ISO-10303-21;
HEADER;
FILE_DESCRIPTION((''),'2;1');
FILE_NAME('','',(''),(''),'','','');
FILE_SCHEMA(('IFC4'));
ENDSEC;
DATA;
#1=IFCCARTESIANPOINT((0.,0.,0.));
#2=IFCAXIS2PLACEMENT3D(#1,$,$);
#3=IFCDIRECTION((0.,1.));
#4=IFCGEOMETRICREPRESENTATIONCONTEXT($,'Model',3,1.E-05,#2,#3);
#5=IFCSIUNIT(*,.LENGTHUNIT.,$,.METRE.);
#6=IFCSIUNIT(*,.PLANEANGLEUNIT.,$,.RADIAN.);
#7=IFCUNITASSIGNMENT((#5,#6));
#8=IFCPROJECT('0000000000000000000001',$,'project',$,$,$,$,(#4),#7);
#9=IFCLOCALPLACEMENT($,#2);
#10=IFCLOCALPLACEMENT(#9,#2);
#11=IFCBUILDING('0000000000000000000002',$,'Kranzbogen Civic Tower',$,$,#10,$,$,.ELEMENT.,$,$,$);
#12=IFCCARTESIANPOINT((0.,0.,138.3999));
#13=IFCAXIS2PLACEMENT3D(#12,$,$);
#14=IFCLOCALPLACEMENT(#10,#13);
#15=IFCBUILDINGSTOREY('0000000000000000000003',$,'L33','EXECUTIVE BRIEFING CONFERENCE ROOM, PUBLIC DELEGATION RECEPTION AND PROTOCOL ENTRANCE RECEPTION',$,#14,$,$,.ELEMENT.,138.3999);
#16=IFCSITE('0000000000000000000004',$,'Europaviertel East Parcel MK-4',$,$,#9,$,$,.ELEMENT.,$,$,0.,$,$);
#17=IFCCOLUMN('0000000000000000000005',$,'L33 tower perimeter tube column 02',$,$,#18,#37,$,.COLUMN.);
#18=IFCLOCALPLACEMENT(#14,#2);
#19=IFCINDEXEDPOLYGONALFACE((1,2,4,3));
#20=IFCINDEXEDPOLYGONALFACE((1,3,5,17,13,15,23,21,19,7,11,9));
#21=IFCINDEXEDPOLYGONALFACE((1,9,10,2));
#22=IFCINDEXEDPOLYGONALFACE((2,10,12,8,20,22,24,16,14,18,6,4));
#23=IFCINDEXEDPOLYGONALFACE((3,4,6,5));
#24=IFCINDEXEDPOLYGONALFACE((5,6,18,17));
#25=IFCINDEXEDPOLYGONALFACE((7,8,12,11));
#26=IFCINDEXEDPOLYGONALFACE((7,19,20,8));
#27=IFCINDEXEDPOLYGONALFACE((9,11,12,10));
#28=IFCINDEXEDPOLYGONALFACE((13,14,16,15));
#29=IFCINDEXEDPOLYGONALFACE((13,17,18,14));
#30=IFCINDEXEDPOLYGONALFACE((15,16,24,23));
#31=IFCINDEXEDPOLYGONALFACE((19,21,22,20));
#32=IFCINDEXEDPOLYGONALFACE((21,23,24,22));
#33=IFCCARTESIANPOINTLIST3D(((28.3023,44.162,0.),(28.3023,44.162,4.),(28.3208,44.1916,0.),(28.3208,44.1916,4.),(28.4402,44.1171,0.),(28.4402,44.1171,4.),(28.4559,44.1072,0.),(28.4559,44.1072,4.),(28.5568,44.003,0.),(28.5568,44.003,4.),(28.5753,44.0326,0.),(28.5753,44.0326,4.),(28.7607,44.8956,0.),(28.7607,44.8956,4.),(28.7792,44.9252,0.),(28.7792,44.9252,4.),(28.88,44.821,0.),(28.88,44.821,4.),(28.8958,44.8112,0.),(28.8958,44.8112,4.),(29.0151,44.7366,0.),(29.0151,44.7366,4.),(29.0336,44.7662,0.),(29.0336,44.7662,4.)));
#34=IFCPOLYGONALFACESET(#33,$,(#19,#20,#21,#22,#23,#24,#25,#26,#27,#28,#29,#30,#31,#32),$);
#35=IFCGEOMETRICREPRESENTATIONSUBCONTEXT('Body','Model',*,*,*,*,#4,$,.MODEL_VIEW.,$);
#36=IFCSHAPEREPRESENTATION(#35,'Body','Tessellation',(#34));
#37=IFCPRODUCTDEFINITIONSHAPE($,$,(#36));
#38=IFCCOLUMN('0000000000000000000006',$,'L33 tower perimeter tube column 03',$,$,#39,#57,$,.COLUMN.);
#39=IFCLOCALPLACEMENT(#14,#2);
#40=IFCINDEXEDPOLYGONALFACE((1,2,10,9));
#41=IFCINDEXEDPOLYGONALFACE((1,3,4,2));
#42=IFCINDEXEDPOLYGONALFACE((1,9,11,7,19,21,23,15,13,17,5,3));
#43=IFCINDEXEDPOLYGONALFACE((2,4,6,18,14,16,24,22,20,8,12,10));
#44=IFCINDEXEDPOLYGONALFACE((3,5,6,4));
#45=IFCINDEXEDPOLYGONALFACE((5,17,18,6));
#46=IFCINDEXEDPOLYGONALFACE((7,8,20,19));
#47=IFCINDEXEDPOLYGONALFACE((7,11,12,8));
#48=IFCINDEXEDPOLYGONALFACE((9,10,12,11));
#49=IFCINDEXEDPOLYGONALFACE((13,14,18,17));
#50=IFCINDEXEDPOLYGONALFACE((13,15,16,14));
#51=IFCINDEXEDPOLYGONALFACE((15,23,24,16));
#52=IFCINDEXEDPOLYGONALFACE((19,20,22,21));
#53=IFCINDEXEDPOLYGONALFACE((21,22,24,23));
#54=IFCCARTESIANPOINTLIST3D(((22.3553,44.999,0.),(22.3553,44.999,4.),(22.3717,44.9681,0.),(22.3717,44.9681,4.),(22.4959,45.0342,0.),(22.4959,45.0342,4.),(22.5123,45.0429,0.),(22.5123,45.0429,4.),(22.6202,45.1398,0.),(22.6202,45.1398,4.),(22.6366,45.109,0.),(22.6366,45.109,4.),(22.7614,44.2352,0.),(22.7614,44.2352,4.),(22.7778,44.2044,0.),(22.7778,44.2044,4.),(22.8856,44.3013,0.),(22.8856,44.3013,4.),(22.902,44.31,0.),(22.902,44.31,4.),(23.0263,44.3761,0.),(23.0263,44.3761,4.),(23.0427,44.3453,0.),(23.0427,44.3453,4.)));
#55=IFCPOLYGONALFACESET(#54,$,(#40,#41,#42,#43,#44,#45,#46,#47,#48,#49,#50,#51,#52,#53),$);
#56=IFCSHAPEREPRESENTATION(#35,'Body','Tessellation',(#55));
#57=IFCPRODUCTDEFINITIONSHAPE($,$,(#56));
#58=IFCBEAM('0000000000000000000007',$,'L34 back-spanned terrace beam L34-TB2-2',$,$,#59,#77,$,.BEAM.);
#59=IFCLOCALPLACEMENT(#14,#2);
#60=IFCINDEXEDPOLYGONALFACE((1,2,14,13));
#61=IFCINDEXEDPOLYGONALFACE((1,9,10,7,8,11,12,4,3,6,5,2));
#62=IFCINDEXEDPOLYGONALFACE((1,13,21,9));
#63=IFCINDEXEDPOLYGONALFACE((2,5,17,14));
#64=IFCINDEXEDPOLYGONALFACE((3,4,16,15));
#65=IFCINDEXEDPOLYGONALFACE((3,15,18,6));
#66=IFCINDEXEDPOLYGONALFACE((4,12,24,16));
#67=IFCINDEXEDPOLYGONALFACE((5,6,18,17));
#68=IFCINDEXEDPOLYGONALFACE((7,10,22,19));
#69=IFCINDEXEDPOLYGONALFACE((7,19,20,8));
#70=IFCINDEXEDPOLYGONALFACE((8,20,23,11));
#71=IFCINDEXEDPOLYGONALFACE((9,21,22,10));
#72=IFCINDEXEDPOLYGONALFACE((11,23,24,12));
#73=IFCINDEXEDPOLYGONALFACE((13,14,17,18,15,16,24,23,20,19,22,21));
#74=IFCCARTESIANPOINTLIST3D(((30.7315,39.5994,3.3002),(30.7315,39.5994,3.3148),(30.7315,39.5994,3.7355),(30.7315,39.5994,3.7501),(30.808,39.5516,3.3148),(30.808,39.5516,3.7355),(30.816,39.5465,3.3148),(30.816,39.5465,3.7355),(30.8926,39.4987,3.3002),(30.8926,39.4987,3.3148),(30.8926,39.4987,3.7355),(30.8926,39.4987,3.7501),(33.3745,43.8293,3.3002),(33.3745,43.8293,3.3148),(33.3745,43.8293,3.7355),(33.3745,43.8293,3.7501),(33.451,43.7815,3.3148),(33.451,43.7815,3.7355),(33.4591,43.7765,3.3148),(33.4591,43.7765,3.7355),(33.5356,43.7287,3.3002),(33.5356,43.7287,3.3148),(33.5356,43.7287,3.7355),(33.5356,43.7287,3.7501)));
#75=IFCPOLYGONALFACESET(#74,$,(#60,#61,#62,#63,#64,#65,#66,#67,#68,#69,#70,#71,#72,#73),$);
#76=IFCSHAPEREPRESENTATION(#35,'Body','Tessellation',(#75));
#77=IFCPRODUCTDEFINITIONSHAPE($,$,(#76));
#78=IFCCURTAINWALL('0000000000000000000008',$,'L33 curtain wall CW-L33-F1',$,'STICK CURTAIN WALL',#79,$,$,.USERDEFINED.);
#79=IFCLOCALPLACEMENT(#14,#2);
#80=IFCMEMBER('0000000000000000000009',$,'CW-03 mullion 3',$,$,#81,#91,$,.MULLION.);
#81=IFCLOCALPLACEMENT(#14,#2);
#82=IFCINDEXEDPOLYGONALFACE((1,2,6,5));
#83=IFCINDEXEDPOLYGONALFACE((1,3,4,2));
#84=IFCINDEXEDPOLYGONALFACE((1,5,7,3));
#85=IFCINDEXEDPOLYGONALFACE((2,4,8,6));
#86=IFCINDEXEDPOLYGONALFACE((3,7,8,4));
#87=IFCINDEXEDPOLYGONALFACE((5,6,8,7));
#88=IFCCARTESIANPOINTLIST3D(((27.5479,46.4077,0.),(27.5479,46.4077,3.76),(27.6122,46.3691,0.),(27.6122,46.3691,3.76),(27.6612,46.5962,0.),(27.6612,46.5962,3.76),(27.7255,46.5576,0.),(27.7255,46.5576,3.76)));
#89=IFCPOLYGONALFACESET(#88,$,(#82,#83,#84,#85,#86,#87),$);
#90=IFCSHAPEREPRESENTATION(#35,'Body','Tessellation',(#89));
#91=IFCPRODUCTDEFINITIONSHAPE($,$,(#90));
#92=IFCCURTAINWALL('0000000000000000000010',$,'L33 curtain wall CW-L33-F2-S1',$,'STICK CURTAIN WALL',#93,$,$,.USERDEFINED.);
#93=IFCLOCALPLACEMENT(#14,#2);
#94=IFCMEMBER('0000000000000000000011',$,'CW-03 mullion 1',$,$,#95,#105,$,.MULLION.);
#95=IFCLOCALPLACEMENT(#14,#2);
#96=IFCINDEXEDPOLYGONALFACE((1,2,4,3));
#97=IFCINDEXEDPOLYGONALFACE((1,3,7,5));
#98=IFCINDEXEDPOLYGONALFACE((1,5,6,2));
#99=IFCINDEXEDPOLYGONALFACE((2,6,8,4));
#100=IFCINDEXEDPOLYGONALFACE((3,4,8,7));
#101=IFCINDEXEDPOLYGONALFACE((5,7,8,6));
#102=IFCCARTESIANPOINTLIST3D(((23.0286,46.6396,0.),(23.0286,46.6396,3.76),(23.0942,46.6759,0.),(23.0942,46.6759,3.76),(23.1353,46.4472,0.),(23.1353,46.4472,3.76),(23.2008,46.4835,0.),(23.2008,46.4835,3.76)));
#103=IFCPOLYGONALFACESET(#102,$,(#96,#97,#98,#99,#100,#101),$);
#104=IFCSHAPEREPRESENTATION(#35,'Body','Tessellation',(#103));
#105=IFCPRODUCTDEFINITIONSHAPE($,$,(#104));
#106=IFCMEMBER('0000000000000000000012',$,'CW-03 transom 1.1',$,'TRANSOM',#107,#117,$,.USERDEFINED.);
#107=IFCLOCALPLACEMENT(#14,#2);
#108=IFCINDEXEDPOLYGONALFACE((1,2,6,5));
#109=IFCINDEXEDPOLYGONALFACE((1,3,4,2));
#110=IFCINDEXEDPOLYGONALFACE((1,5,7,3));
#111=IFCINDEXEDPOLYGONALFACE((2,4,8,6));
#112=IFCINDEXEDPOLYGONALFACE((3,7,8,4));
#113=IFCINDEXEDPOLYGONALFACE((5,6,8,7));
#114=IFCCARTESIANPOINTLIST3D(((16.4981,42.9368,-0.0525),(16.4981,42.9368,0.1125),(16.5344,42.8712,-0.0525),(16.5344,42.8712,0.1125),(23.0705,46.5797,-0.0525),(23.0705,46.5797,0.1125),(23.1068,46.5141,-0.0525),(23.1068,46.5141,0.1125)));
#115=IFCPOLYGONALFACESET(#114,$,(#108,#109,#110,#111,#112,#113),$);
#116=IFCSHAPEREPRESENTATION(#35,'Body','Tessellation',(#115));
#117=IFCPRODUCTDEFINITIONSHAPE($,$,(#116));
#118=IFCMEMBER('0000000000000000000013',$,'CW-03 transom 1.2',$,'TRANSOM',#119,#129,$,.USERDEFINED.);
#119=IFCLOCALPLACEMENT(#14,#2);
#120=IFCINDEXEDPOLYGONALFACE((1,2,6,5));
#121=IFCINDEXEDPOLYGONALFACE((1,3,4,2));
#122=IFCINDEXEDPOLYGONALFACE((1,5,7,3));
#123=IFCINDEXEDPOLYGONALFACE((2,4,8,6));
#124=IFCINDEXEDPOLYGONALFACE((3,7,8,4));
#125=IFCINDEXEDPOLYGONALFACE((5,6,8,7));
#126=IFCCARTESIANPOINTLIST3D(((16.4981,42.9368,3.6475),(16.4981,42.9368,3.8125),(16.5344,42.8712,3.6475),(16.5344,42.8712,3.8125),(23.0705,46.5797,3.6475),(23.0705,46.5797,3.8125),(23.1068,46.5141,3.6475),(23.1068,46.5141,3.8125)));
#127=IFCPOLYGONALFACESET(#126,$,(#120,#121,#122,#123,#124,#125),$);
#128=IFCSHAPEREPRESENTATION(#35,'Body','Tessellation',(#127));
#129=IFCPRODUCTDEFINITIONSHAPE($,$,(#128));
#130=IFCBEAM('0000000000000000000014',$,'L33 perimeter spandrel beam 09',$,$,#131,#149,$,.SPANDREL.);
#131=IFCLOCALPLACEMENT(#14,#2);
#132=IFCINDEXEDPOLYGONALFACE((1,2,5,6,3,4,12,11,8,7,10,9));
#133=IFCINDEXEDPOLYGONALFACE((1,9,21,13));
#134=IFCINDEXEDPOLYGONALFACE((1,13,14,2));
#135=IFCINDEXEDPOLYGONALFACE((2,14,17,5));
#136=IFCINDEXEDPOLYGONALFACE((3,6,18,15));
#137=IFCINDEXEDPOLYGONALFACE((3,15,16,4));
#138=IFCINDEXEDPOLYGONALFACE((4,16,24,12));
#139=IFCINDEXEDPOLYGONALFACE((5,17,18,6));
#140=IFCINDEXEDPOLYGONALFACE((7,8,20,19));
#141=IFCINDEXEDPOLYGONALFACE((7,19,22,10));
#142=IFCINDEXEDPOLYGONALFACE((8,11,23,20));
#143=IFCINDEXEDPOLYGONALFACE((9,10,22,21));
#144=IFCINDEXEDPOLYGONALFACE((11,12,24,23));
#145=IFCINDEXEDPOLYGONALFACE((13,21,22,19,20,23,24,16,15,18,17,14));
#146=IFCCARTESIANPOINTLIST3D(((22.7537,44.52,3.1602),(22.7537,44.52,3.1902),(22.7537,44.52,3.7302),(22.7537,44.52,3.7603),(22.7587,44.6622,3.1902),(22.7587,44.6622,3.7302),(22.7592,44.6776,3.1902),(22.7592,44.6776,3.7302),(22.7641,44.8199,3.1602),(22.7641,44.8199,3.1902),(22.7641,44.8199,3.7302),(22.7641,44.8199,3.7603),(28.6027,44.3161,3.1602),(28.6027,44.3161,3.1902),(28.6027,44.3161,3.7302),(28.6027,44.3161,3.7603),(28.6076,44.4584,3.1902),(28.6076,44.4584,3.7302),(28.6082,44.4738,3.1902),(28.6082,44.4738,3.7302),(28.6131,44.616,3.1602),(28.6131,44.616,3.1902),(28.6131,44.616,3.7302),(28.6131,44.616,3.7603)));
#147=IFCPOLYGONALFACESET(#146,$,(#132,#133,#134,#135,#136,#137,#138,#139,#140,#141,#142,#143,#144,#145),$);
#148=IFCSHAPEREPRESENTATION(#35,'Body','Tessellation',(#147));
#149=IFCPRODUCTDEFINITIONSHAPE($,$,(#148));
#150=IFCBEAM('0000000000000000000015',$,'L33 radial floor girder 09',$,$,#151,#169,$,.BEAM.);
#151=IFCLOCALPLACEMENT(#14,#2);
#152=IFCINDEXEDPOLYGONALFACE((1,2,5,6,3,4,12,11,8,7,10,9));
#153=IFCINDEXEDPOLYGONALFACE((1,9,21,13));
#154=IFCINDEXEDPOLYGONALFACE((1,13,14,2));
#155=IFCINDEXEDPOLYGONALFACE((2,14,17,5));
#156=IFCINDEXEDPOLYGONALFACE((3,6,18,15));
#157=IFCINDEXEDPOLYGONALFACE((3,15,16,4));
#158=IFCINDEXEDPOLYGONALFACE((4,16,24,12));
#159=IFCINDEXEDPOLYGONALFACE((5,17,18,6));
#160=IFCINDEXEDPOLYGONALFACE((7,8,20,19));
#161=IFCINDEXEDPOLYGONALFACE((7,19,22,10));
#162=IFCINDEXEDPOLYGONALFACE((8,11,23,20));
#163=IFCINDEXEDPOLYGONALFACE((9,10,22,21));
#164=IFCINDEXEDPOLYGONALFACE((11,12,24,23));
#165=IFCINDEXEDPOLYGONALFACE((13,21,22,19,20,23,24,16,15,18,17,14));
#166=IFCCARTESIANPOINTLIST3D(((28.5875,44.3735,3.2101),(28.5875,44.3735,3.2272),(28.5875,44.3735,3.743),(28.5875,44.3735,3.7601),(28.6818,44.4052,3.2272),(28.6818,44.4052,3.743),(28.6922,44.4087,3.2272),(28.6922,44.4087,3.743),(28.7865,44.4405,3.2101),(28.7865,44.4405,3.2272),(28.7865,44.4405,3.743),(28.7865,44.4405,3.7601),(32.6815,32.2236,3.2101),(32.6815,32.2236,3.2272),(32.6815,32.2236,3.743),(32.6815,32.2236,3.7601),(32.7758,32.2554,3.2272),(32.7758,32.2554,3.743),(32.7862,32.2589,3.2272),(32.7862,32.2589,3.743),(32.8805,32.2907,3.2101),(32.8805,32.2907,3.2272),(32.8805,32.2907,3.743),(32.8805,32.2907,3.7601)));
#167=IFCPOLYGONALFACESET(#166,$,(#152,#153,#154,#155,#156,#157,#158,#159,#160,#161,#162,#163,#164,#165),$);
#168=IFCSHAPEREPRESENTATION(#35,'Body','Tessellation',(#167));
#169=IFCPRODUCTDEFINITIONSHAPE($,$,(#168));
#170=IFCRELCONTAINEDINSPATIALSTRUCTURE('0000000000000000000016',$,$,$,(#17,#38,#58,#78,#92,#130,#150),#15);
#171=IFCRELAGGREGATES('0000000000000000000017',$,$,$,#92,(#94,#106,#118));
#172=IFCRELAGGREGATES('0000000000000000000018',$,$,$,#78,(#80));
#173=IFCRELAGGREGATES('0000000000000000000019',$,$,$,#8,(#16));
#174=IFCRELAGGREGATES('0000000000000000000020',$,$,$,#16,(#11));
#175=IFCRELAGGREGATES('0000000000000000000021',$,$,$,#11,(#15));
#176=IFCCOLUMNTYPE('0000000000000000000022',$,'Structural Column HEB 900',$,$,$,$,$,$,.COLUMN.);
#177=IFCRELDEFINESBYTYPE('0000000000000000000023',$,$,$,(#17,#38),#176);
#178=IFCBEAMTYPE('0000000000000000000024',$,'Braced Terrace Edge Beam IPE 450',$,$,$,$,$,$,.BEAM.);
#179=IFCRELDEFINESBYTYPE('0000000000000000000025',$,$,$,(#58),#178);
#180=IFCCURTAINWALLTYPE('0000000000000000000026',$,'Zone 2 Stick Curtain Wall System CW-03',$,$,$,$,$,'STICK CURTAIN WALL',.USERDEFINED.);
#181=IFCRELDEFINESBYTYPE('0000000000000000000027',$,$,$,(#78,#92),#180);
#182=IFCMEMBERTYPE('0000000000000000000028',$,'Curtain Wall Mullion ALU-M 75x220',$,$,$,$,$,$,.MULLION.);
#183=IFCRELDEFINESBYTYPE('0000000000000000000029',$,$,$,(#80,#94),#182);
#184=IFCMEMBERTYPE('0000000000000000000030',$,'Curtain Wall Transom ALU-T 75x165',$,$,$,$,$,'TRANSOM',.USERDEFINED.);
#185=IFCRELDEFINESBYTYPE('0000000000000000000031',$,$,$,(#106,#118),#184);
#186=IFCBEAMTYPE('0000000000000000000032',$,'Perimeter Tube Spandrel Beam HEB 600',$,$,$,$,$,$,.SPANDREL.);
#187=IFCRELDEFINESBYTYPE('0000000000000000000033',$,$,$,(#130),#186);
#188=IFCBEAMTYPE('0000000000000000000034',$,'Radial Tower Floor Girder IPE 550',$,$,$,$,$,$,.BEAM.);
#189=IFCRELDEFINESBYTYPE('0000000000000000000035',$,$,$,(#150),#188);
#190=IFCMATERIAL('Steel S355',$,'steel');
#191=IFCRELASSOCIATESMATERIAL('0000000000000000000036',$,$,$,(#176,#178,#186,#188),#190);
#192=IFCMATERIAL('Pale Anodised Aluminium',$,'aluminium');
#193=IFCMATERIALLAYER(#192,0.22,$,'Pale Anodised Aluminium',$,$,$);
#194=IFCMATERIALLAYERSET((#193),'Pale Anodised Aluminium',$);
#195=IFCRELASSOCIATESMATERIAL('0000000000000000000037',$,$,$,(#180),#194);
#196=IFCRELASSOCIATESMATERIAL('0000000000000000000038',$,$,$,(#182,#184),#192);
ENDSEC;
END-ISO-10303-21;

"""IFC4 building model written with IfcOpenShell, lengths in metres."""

from ifc_helpers import new_model, si_unit, direction, frame, origin, origin_2d, place, context, subcontext, project, spatial, rectangle, i_section, extrude, material, layer, layer_set, material_profile, profile_set, type_object, element, aggregate, save


model = new_model("IFC4")

# Units and contexts
model_context = context("Model", 3, precision=1e-05, world=origin(), true_north=direction((0.0, 1.0)))
body_context = subcontext(model_context, "Body", "Model", "MODEL_VIEW")
ifc_project = project(units=[si_unit("LENGTHUNIT", "METRE"), si_unit("PLANEANGLEUNIT", "RADIAN")], contexts=[model_context])

# Site, building, storey
site_placement = place(None, origin())
site = spatial("IfcSite", under=ifc_project, at=site_placement, Name="Europaviertel East Parcel MK-4", CompositionType="ELEMENT", RefElevation=0.0)
building_placement = place(site_placement, origin())
building = spatial("IfcBuilding", under=site, at=building_placement, Name="Kranzbogen Civic Tower", CompositionType="ELEMENT")
storey_placement = place(building_placement, frame((0.0, 0.0, 138.3999)))
storey = spatial("IfcBuildingStorey", under=building, at=storey_placement, Name="L33", Description="EXECUTIVE BRIEFING CONFERENCE ROOM, PUBLIC DELEGATION RECEPTION AND PROTOCOL ENTRANCE RECEPTION", CompositionType="ELEMENT", Elevation=138.3999)

# Columns
ifc_material_1 = material(Name="Steel S355", Category="steel")
ifc_material_profile_1 = material_profile(ifc_material_1, i_section(OverallWidth=0.3, OverallDepth=0.8999, WebThickness=0.0186, FlangeThickness=0.0349, at=origin_2d()), Name="HEB 900")
ifc_profile_set_1 = profile_set([ifc_material_profile_1], Name="Steel S355")
column_type = type_object("IfcColumnType", Name="Structural Column HEB 900", PredefinedType="COLUMN", material=ifc_profile_set_1)
for number, where, z_axis, x_axis, name in (
    (1, (28.668, 44.4641, 0.0), (0.0, 0.0, 1.0), (-0.848048, 0.529919, 0.0), "L33 tower perimeter tube column 02"),
    (2, (22.699, 44.6721, 0.0), (0.0, 0.0, 1.0), (0.882948, 0.469472, 0.0), "L33 tower perimeter tube column 03"),
):
    element("IfcColumn", number, at=place(storey_placement, frame(where, z_axis=z_axis, x_axis=x_axis)), inside=storey, type_object=column_type, Name=name, PredefinedType="COLUMN", context=body_context, shape_type="SweptSolid", body=[
        extrude(i_section(OverallWidth=0.3, OverallDepth=0.8999, WebThickness=0.0186, FlangeThickness=0.0349, at=origin_2d()), origin(), (0.0, 0.0, 1.0), 4.0),
    ])

# Beam
ifc_material_profile_2 = material_profile(ifc_material_1, i_section(OverallWidth=0.1899, OverallDepth=0.45, WebThickness=0.0095, FlangeThickness=0.0146, at=origin_2d()), Name="IPE 450")
ifc_profile_set_2 = profile_set([ifc_material_profile_2], Name="Steel S355")
beam_type_1 = type_object("IfcBeamType", Name="Braced Terrace Edge Beam IPE 450", PredefinedType="BEAM", material=ifc_profile_set_2)
beam_1_placement = place(storey_placement, frame((30.812, 39.5491, 3.5251), z_axis=(0.529902, 0.848059, 0.0), x_axis=(-0.848059, 0.529902, 0.0)))
element("IfcBeam", 3, at=beam_1_placement, inside=storey, type_object=beam_type_1, Name="L34 back-spanned terrace beam L34-TB2-2", PredefinedType="BEAM", context=body_context, shape_type="SweptSolid", body=[
    extrude(i_section(OverallWidth=0.1899, OverallDepth=0.45, WebThickness=0.0095, FlangeThickness=0.0146, at=origin_2d()), origin(), (0.0, 0.0, 1.0), 4.9878),
])

# Curtain wall, member
ifc_material_2 = material(Name="Pale Anodised Aluminium", Category="aluminium")
ifc_layer_1 = layer(ifc_material_2, 0.22, Name="Pale Anodised Aluminium")
ifc_layer_set_1 = layer_set([ifc_layer_1], Name="Pale Anodised Aluminium")
curtain_wall_type = type_object("IfcCurtainWallType", Name="Zone 2 Stick Curtain Wall System CW-03", ElementType="STICK CURTAIN WALL", PredefinedType="USERDEFINED", material=ifc_layer_set_1)
curtain_wall_1_placement = place(storey_placement, origin())
curtain_wall_1 = element("IfcCurtainWall", 4, at=curtain_wall_1_placement, inside=storey, type_object=curtain_wall_type, Name="L33 curtain wall CW-L33-F1", ObjectType="STICK CURTAIN WALL", PredefinedType="USERDEFINED")
ifc_material_profile_3 = material_profile(ifc_material_2, rectangle(XDim=0.075, YDim=0.22, at=origin_2d()), Name="ALU-M 75x220")
ifc_profile_set_3 = profile_set([ifc_material_profile_3], Name="Pale Anodised Aluminium")
member_type_1 = type_object("IfcMemberType", Name="Curtain Wall Mullion ALU-M 75x220", PredefinedType="MULLION", material=ifc_profile_set_3)
member_1_placement = place(storey_placement, frame((27.6367, 46.4827, 0.0), z_axis=(0.0, 0.0, 1.0), x_axis=(-0.857153, 0.515062, 0.0)))
member_1 = element("IfcMember", 5, at=member_1_placement, type_object=member_type_1, Name="CW-03 mullion 3", PredefinedType="MULLION", context=body_context, shape_type="SweptSolid", body=[
    extrude(rectangle(XDim=0.075, YDim=0.22, at=origin_2d()), origin(), (0.0, 0.0, 1.0), 3.76),
])

# Curtain wall, members
curtain_wall_2_placement = place(storey_placement, origin())
curtain_wall_2 = element("IfcCurtainWall", 6, at=curtain_wall_2_placement, inside=storey, type_object=curtain_wall_type, Name="L33 curtain wall CW-L33-F2-S1", ObjectType="STICK CURTAIN WALL", PredefinedType="USERDEFINED")
member_2_placement = place(storey_placement, frame((23.1147, 46.5615, 0.0), z_axis=(0.0, 0.0, 1.0), x_axis=(-0.874626, -0.484797, 0.0)))
member_2 = element("IfcMember", 7, at=member_2_placement, type_object=member_type_1, Name="CW-03 mullion 1", PredefinedType="MULLION", context=body_context, shape_type="SweptSolid", body=[
    extrude(rectangle(XDim=0.075, YDim=0.22, at=origin_2d()), origin(), (0.0, 0.0, 1.0), 3.76),
])
ifc_material_profile_4 = material_profile(ifc_material_2, rectangle(XDim=0.075, YDim=0.165, at=origin_2d()), Name="ALU-T 75x165")
ifc_profile_set_4 = profile_set([ifc_material_profile_4], Name="Pale Anodised Aluminium")
member_type_2 = type_object("IfcMemberType", Name="Curtain Wall Transom ALU-T 75x165", ElementType="TRANSOM", PredefinedType="USERDEFINED", material=ifc_profile_set_4)
member_3_placement = place(storey_placement, frame((23.0886, 46.5469, 0.03), z_axis=(-0.874633, -0.484785, 0.0), x_axis=(0.484785, -0.874633, 0.0)))
member_3 = element("IfcMember", 8, at=member_3_placement, type_object=member_type_2, Name="CW-03 transom 1.1", ObjectType="TRANSOM", PredefinedType="USERDEFINED", context=body_context, shape_type="SweptSolid", body=[
    extrude(rectangle(XDim=0.075, YDim=0.165, at=origin_2d()), origin(), (0.0, 0.0, 1.0), 7.5144),
])
member_4_placement = place(storey_placement, frame((23.0886, 46.5469, 3.73), z_axis=(-0.874633, -0.484785, 0.0), x_axis=(0.484785, -0.874633, 0.0)))
member_4 = element("IfcMember", 9, at=member_4_placement, type_object=member_type_2, Name="CW-03 transom 1.2", ObjectType="TRANSOM", PredefinedType="USERDEFINED", context=body_context, shape_type="SweptSolid", body=[
    extrude(rectangle(XDim=0.075, YDim=0.165, at=origin_2d()), origin(), (0.0, 0.0, 1.0), 7.5144),
])
aggregate(curtain_wall_2, [member_2, member_3, member_4])

# Beams
ifc_material_profile_5 = material_profile(ifc_material_1, i_section(OverallWidth=0.3, OverallDepth=0.6001, WebThickness=0.0154, FlangeThickness=0.03, at=origin_2d()), Name="HEB 600")
ifc_profile_set_5 = profile_set([ifc_material_profile_5], Name="Steel S355")
beam_type_2 = type_object("IfcBeamType", Name="Perimeter Tube Spandrel Beam HEB 600", PredefinedType="SPANDREL", material=ifc_profile_set_5)
beam_2_placement = place(storey_placement, frame((28.6079, 44.4661, 3.4602), z_axis=(-0.999393, 0.034833, 0.0), x_axis=(-0.034833, -0.999393, 0.0)))
element("IfcBeam", 10, at=beam_2_placement, inside=storey, type_object=beam_type_2, Name="L33 perimeter spandrel beam 09", PredefinedType="SPANDREL", context=body_context, shape_type="SweptSolid", body=[
    extrude(i_section(OverallWidth=0.3, OverallDepth=0.6001, WebThickness=0.0154, FlangeThickness=0.03, at=origin_2d()), origin(), (0.0, 0.0, 1.0), 5.8525),
])
ifc_material_profile_6 = material_profile(ifc_material_1, i_section(OverallWidth=0.21, OverallDepth=0.55, WebThickness=0.011, FlangeThickness=0.0171, at=origin_2d()), Name="IPE 550")
ifc_profile_set_6 = profile_set([ifc_material_profile_6], Name="Steel S355")
beam_type_3 = type_object("IfcBeamType", Name="Radial Tower Floor Girder IPE 550", PredefinedType="BEAM", material=ifc_profile_set_6)
beam_3_placement = place(storey_placement, frame((28.687, 44.407, 3.4851), z_axis=(0.319317, -0.947648, 0.0), x_axis=(0.947648, 0.319317, 0.0)))
element("IfcBeam", 11, at=beam_3_placement, inside=storey, type_object=beam_type_3, Name="L33 radial floor girder 09", PredefinedType="BEAM", context=body_context, shape_type="SweptSolid", body=[
    extrude(i_section(OverallWidth=0.21, OverallDepth=0.55, WebThickness=0.011, FlangeThickness=0.0171, at=origin_2d()), origin(), (0.0, 0.0, 1.0), 12.821),
])

aggregate(curtain_wall_1, [member_1])

save(model, "model.ifc")
